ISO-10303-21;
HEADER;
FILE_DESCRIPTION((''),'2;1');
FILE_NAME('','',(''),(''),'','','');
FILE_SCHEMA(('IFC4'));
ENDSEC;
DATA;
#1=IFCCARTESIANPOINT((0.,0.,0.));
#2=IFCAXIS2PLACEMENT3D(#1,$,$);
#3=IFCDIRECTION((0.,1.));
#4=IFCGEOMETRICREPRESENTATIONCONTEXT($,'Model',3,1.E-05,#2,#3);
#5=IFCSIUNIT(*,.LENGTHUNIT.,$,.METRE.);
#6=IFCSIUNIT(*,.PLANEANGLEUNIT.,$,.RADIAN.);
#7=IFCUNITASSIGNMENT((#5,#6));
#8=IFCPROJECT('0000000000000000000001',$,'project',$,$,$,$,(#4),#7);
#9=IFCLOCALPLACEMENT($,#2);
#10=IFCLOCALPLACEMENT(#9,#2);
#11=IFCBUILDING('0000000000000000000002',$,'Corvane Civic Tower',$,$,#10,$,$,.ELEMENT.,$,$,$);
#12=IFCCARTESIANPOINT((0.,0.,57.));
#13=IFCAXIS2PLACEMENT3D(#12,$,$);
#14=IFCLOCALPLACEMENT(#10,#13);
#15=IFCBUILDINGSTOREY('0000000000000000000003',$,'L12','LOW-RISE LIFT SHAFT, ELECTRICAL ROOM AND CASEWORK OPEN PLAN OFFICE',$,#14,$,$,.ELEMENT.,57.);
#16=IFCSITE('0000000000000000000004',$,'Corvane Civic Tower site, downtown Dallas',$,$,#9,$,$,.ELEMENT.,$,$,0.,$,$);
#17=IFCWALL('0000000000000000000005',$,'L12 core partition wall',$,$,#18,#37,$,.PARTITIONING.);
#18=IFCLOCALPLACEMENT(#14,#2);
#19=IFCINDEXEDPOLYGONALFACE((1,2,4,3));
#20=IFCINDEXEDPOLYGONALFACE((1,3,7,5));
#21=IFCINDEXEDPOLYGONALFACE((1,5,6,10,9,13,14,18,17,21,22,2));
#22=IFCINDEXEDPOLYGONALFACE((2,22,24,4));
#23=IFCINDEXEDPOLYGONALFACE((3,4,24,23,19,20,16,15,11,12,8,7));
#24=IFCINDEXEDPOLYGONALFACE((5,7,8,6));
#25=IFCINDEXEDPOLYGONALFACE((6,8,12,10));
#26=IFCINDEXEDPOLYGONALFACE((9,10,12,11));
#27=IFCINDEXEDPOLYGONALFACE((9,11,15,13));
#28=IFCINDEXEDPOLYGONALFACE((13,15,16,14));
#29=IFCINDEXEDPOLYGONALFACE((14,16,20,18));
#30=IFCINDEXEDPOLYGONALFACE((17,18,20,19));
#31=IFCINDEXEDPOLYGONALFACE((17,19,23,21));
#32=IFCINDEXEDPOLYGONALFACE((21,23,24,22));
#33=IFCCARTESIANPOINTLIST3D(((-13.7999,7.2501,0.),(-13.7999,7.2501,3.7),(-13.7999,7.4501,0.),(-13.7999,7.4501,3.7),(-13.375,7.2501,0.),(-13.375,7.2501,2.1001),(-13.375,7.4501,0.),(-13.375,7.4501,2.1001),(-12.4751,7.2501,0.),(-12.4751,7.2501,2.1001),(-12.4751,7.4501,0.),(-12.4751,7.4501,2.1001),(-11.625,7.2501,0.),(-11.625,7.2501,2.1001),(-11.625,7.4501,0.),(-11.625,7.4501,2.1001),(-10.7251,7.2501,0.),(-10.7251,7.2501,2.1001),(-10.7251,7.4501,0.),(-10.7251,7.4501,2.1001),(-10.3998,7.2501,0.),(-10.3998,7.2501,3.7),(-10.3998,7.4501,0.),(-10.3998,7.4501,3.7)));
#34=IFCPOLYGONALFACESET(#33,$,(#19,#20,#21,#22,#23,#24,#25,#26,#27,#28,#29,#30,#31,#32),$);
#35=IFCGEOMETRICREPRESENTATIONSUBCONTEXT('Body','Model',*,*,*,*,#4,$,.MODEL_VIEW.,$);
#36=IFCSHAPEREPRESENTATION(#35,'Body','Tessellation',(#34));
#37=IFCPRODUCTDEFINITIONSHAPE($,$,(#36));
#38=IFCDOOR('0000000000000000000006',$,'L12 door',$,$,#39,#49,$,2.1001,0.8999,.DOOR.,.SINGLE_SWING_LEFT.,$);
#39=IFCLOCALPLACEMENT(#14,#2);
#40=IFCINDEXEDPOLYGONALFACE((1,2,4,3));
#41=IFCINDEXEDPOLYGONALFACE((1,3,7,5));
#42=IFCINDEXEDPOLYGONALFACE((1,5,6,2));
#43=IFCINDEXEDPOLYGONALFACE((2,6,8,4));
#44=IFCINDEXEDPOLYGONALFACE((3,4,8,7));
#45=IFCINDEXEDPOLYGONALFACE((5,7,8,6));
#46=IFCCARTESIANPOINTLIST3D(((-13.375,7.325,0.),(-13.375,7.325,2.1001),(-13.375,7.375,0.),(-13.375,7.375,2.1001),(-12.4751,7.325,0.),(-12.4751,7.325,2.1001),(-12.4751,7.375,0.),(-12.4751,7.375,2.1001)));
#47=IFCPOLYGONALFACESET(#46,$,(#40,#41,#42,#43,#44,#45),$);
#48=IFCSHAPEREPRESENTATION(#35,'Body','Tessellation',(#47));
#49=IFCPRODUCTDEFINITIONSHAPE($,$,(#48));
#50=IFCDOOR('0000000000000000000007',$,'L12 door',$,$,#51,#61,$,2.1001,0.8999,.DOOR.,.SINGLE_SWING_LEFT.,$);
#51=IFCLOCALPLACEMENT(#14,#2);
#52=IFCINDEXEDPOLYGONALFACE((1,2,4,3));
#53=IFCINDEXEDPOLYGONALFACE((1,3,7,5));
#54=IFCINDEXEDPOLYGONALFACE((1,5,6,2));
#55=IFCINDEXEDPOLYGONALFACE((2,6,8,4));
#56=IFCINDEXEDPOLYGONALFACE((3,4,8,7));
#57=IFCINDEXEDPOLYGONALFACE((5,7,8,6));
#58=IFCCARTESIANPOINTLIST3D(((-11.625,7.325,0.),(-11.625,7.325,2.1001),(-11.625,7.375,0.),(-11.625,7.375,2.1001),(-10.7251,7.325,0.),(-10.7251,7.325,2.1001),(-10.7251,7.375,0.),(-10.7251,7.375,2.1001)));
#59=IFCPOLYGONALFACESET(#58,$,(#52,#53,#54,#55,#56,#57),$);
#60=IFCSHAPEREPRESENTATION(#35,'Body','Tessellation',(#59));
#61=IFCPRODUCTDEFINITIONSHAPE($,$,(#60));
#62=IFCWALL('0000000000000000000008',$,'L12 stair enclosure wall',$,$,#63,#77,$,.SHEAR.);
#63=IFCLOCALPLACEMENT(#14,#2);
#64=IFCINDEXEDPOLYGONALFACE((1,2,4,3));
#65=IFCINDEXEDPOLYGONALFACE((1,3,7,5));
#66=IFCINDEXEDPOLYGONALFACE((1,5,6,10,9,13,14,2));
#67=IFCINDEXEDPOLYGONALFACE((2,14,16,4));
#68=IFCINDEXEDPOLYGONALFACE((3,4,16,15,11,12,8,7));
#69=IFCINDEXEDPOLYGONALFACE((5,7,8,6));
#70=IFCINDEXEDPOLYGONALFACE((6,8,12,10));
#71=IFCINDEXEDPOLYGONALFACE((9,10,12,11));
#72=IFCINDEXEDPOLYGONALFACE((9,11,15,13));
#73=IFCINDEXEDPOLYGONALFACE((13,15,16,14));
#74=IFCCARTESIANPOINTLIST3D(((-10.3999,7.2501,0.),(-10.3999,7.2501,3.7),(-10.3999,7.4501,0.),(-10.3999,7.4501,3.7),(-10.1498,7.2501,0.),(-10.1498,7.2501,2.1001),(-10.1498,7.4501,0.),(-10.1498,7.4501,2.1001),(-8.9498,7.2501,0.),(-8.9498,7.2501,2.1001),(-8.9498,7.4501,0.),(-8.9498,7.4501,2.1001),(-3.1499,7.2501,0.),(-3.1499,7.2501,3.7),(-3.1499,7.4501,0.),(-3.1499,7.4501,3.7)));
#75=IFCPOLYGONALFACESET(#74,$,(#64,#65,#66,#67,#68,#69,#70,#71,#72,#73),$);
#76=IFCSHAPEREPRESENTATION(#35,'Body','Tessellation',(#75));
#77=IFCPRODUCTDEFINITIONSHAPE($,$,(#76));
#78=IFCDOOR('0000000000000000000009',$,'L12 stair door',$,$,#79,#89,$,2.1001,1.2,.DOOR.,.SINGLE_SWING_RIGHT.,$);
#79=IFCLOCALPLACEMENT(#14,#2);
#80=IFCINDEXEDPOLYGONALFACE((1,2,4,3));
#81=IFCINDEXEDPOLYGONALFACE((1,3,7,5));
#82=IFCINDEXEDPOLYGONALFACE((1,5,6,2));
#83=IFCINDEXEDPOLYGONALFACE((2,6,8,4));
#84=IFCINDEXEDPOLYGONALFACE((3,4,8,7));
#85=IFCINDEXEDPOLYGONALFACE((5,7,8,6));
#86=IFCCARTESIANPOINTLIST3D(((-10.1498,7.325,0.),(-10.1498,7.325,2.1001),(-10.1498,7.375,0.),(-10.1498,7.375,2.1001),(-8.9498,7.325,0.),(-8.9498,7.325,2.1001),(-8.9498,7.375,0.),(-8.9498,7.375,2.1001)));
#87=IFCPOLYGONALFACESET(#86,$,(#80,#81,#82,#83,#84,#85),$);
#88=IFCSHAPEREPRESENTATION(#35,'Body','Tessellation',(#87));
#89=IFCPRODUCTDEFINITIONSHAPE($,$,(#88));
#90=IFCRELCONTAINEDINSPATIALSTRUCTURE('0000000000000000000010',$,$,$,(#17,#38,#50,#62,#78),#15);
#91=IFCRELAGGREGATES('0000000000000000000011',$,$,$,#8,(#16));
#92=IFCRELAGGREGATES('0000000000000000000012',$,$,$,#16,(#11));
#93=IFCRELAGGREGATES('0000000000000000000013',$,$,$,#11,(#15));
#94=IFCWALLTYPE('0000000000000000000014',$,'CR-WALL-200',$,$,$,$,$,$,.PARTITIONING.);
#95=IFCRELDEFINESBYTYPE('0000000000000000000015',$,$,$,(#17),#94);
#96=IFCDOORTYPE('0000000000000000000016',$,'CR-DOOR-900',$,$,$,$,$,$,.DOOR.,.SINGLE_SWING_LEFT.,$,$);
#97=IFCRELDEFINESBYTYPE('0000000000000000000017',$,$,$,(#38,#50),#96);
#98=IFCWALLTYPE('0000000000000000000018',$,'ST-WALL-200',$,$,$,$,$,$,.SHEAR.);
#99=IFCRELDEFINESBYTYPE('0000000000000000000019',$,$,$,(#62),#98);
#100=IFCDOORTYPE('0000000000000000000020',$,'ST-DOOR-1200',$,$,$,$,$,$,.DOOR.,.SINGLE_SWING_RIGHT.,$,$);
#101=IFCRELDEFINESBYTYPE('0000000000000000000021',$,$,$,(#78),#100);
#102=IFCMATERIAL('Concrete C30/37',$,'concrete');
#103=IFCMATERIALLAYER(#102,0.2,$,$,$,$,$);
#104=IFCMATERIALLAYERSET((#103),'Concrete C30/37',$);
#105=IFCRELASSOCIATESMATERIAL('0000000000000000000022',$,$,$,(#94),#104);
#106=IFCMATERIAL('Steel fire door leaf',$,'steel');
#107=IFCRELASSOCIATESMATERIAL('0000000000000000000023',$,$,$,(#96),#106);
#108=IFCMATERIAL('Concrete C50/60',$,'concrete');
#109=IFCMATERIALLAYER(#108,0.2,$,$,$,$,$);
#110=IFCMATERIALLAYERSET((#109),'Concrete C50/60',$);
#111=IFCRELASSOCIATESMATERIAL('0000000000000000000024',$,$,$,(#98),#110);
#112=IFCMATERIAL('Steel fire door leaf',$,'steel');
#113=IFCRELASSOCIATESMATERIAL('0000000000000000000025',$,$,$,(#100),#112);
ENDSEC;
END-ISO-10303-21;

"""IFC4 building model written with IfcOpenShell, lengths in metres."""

from ifc_helpers import new_model, si_unit, direction, frame, frame_2d, origin, place, context, subcontext, project, spatial, rectangle, extrude, material, layer, layer_set, type_object, element, fill, save


model = new_model("IFC4")

# Units and contexts
model_context = context("Model", 3, precision=1e-05, world=origin(), true_north=direction((0.0, 1.0)))
body_context = subcontext(model_context, "Body", "Model", "MODEL_VIEW")
ifc_project = project(units=[si_unit("LENGTHUNIT", "METRE"), si_unit("PLANEANGLEUNIT", "RADIAN")], contexts=[model_context])

# Site, building, storey
site_placement = place(None, origin())
site = spatial("IfcSite", under=ifc_project, at=site_placement, Name="Corvane Civic Tower site, downtown Dallas", CompositionType="ELEMENT", RefElevation=0.0)
building_placement = place(site_placement, origin())
building = spatial("IfcBuilding", under=site, at=building_placement, Name="Corvane Civic Tower", CompositionType="ELEMENT")
storey_placement = place(building_placement, frame((0.0, 0.0, 57.0)))
storey = spatial("IfcBuildingStorey", under=building, at=storey_placement, Name="L12", Description="LOW-RISE LIFT SHAFT, ELECTRICAL ROOM AND CASEWORK OPEN PLAN OFFICE", CompositionType="ELEMENT", Elevation=57.0)

# Wall, openings, doors
ifc_material_1 = material(Name="Concrete C30/37", Category="concrete")
ifc_layer_1 = layer(ifc_material_1, 0.2)
ifc_layer_set_1 = layer_set([ifc_layer_1], Name="Concrete C30/37")
wall_type_1 = type_object("IfcWallType", Name="CR-WALL-200", PredefinedType="PARTITIONING", material=ifc_layer_set_1)
wall_1_placement = place(storey_placement, frame((-13.8, 7.3501, 0.0), z_axis=(0.0, 0.0, 1.0), x_axis=(1.0, 0.0, 0.0)))
wall_1 = element("IfcWall", 1, at=wall_1_placement, inside=storey, type_object=wall_type_1, Name="L12 core partition wall", PredefinedType="PARTITIONING", context=body_context, shape_type="SweptSolid", body=[
    extrude(rectangle(XDim=3.4001, YDim=0.2, at=frame_2d((1.7002, 0.0))), origin(), (0.0, 0.0, 1.0), 3.7),
])
opening_1_placement = place(wall_1_placement, frame((0.425, 0.0, 0.0)))
opening_1 = element("IfcOpeningElement", 2, at=opening_1_placement, cuts=wall_1, PredefinedType="OPENING", context=body_context, shape_type="SweptSolid", body=[
    extrude(rectangle(XDim=0.8999, YDim=2.1001, at=frame_2d((0.45, 1.05))), frame((0.0, 0.1099, 0.0), z_axis=(0.0, -1.0, 0.0), x_axis=(1.0, 0.0, 0.0)), (0.0, 0.0, 1.0), 0.22),
])
opening_2_placement = place(wall_1_placement, frame((2.175, 0.0, 0.0)))
opening_2 = element("IfcOpeningElement", 3, at=opening_2_placement, cuts=wall_1, PredefinedType="OPENING", context=body_context, shape_type="SweptSolid", body=[
    extrude(rectangle(XDim=0.8999, YDim=2.1001, at=frame_2d((0.45, 1.05))), frame((0.0, 0.1099, 0.0), z_axis=(0.0, -1.0, 0.0), x_axis=(1.0, 0.0, 0.0)), (0.0, 0.0, 1.0), 0.22),
])
ifc_material_2 = material(Name="Steel fire door leaf", Category="steel")
door_type_1 = type_object("IfcDoorType", Name="CR-DOOR-900", OperationType="SINGLE_SWING_LEFT", PredefinedType="DOOR", material=ifc_material_2)
door_1_placement = place(opening_1_placement, origin())
door_1 = element("IfcDoor", 4, at=door_1_placement, inside=storey, type_object=door_type_1, Name="L12 door", OperationType="SINGLE_SWING_LEFT", OverallHeight=2.1001, OverallWidth=0.8999, PredefinedType="DOOR", context=body_context, shape_type="SweptSolid", body=[
    extrude(rectangle(XDim=0.8999, YDim=2.1001, at=frame_2d((0.45, 1.05))), frame((0.0, 0.0249, 0.0), z_axis=(0.0, -1.0, 0.0), x_axis=(1.0, 0.0, 0.0)), (0.0, 0.0, 1.0), 0.05),
])
fill(opening_1, door_1)
door_2_placement = place(opening_2_placement, origin())
door_2 = element("IfcDoor", 5, at=door_2_placement, inside=storey, type_object=door_type_1, Name="L12 door", OperationType="SINGLE_SWING_LEFT", OverallHeight=2.1001, OverallWidth=0.8999, PredefinedType="DOOR", context=body_context, shape_type="SweptSolid", body=[
    extrude(rectangle(XDim=0.8999, YDim=2.1001, at=frame_2d((0.45, 1.05))), frame((0.0, 0.0249, 0.0), z_axis=(0.0, -1.0, 0.0), x_axis=(1.0, 0.0, 0.0)), (0.0, 0.0, 1.0), 0.05),
])
fill(opening_2, door_2)

# Wall, opening, door
ifc_material_3 = material(Name="Concrete C50/60", Category="concrete")
ifc_layer_2 = layer(ifc_material_3, 0.2)
ifc_layer_set_2 = layer_set([ifc_layer_2], Name="Concrete C50/60")
wall_type_2 = type_object("IfcWallType", Name="ST-WALL-200", PredefinedType="SHEAR", material=ifc_layer_set_2)
wall_2_placement = place(storey_placement, frame((-10.3999, 7.3501, 0.0), z_axis=(0.0, 0.0, 1.0), x_axis=(1.0, 0.0, 0.0)))
wall_2 = element("IfcWall", 6, at=wall_2_placement, inside=storey, type_object=wall_type_2, Name="L12 stair enclosure wall", PredefinedType="SHEAR", context=body_context, shape_type="SweptSolid", body=[
    extrude(rectangle(XDim=7.25, YDim=0.2, at=frame_2d((3.625, 0.0))), origin(), (0.0, 0.0, 1.0), 3.7),
])
opening_3_placement = place(wall_2_placement, frame((0.25, 0.0, 0.0)))
opening_3 = element("IfcOpeningElement", 7, at=opening_3_placement, cuts=wall_2, PredefinedType="OPENING", context=body_context, shape_type="SweptSolid", body=[
    extrude(rectangle(XDim=1.2, YDim=2.1001, at=frame_2d((0.6001, 1.05))), frame((0.0, 0.1099, 0.0), z_axis=(0.0, -1.0, 0.0), x_axis=(1.0, 0.0, 0.0)), (0.0, 0.0, 1.0), 0.22),
])
ifc_material_4 = material(Name="Steel fire door leaf", Category="steel")
door_type_2 = type_object("IfcDoorType", Name="ST-DOOR-1200", OperationType="SINGLE_SWING_RIGHT", PredefinedType="DOOR", material=ifc_material_4)
door_3_placement = place(opening_3_placement, origin())
door_3 = element("IfcDoor", 8, at=door_3_placement, inside=storey, type_object=door_type_2, Name="L12 stair door", OperationType="SINGLE_SWING_RIGHT", OverallHeight=2.1001, OverallWidth=1.2, PredefinedType="DOOR", context=body_context, shape_type="SweptSolid", body=[
    extrude(rectangle(XDim=1.2, YDim=2.1001, at=frame_2d((0.6001, 1.05))), frame((0.0, 0.0249, 0.0), z_axis=(0.0, -1.0, 0.0), x_axis=(1.0, 0.0, 0.0)), (0.0, 0.0, 1.0), 0.05),
])
fill(opening_3, door_3)

save(model, "model.ifc")
